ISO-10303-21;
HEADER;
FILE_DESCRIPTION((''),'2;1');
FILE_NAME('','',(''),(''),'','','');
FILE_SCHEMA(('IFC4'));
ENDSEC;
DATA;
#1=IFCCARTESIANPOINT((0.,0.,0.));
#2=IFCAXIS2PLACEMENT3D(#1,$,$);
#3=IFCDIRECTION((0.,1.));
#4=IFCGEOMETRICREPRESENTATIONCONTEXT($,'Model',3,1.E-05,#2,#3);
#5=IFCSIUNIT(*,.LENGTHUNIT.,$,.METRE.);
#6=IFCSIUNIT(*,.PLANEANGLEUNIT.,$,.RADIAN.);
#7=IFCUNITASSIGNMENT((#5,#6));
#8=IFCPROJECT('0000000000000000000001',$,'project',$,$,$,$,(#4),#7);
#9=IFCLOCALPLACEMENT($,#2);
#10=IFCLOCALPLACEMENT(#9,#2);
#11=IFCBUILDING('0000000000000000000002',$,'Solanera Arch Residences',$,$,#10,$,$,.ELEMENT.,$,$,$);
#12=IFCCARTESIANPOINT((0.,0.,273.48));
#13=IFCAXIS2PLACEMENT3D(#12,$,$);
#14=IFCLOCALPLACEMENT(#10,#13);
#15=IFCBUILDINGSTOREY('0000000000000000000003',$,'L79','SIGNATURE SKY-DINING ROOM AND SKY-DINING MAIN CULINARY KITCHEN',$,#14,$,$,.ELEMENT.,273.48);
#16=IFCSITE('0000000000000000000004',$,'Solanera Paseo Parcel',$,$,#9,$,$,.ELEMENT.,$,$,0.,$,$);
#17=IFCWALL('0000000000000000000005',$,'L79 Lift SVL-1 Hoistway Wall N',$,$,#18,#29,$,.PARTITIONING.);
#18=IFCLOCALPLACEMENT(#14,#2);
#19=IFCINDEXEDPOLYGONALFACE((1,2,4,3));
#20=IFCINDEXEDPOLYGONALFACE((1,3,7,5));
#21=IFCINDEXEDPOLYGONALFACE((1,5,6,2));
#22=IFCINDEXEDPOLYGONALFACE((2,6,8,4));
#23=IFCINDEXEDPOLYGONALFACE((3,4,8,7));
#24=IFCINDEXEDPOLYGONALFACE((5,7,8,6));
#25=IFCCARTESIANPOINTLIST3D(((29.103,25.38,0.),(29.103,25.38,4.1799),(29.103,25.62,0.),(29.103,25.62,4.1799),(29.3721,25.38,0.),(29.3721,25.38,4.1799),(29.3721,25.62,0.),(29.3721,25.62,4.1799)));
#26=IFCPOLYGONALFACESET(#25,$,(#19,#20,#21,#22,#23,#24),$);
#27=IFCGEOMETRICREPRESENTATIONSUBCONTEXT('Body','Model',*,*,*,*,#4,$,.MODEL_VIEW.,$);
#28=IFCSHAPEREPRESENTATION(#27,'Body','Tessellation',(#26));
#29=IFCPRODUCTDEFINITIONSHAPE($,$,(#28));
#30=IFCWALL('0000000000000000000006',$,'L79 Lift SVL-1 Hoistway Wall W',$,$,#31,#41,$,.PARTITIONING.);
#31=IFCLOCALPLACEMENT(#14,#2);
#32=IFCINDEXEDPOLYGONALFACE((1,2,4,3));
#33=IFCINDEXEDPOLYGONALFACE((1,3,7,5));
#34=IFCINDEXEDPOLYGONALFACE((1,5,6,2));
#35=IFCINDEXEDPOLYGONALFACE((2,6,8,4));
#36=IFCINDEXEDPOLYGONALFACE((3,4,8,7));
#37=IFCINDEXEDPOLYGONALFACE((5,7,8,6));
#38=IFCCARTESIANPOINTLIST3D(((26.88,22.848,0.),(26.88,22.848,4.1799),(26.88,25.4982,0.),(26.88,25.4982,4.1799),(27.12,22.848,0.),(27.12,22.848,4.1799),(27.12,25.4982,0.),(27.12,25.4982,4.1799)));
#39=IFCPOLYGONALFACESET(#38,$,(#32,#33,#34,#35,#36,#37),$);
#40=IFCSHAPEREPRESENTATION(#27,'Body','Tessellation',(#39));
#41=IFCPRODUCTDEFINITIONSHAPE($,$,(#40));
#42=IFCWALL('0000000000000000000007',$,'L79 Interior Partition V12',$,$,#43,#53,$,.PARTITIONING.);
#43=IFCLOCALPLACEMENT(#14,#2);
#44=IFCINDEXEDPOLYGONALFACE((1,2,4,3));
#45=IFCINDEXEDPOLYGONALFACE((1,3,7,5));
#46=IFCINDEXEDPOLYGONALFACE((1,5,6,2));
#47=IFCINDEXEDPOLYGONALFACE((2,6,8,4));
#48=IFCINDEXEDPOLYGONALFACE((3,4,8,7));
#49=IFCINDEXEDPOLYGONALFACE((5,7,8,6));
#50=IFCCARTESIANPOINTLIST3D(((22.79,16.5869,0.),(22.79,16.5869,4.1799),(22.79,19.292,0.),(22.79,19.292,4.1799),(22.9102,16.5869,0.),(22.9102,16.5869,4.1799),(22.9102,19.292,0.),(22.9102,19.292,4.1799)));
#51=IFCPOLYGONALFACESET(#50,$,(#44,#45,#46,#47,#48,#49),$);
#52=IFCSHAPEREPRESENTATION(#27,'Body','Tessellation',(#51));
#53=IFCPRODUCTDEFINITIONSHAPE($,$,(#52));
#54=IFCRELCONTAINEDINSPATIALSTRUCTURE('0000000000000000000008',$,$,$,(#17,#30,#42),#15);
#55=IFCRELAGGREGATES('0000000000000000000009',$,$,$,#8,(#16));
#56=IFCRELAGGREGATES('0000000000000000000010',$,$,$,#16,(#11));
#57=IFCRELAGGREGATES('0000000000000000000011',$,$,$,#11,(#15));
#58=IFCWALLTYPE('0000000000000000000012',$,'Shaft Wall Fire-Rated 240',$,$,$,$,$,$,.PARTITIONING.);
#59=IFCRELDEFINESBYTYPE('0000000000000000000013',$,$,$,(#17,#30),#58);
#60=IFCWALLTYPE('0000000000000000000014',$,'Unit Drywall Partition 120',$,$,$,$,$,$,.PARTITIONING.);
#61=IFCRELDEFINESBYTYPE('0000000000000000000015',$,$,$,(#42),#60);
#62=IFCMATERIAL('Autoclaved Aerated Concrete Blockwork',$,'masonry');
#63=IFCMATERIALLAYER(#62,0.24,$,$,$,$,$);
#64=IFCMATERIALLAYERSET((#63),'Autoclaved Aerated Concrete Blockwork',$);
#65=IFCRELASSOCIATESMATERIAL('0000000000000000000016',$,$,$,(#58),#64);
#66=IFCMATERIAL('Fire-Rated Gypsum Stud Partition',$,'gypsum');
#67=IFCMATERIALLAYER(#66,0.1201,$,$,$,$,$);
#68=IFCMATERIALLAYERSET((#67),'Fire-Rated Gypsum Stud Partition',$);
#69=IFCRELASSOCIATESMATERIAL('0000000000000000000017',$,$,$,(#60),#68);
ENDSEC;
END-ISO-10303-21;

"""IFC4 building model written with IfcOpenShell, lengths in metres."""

from ifc_helpers import new_model, si_unit, direction, frame, frame_2d, origin, place, context, subcontext, project, spatial, rectangle, extrude, material, layer, layer_set, type_object, element, save


model = new_model("IFC4")

# Units and contexts
model_context = context("Model", 3, precision=1e-05, world=origin(), true_north=direction((0.0, 1.0)))
body_context = subcontext(model_context, "Body", "Model", "MODEL_VIEW")
ifc_project = project(units=[si_unit("LENGTHUNIT", "METRE"), si_unit("PLANEANGLEUNIT", "RADIAN")], contexts=[model_context])

# Site, building, storey
site_placement = place(None, origin())
site = spatial("IfcSite", under=ifc_project, at=site_placement, Name="Solanera Paseo Parcel", CompositionType="ELEMENT", RefElevation=0.0)
building_placement = place(site_placement, origin())
building = spatial("IfcBuilding", under=site, at=building_placement, Name="Solanera Arch Residences", CompositionType="ELEMENT")
storey_placement = place(building_placement, frame((0.0, 0.0, 273.48)))
storey = spatial("IfcBuildingStorey", under=building, at=storey_placement, Name="L79", Description="SIGNATURE SKY-DINING ROOM AND SKY-DINING MAIN CULINARY KITCHEN", CompositionType="ELEMENT", Elevation=273.48)

# Walls
ifc_material_1 = material(Name="Autoclaved Aerated Concrete Blockwork", Category="masonry")
ifc_layer_1 = layer(ifc_material_1, 0.24)
ifc_layer_set_1 = layer_set([ifc_layer_1], Name="Autoclaved Aerated Concrete Blockwork")
wall_type_1 = type_object("IfcWallType", Name="Shaft Wall Fire-Rated 240", PredefinedType="PARTITIONING", material=ifc_layer_set_1)
wall_1_placement = place(storey_placement, frame((29.103, 25.5, 0.0), z_axis=(0.0, 0.0, 1.0), x_axis=(1.0, 0.0, 0.0)))
element("IfcWall", 1, at=wall_1_placement, inside=storey, type_object=wall_type_1, Name="L79 Lift SVL-1 Hoistway Wall N", PredefinedType="PARTITIONING", context=body_context, shape_type="SweptSolid", body=[
    extrude(rectangle(XDim=0.269, YDim=0.24, at=frame_2d((0.1345, 0.0))), origin(), (0.0, 0.0, 1.0), 4.1799),
])
wall_2_placement = place(storey_placement, frame((27.0, 22.8479, 0.0), z_axis=(0.0, 0.0, 1.0), x_axis=(0.0, 1.0, 0.0)))
element("IfcWall", 2, at=wall_2_placement, inside=storey, type_object=wall_type_1, Name="L79 Lift SVL-1 Hoistway Wall W", PredefinedType="PARTITIONING", context=body_context, shape_type="SweptSolid", body=[
    extrude(rectangle(XDim=2.6501, YDim=0.24, at=frame_2d((1.3252, 0.0))), origin(), (0.0, 0.0, 1.0), 4.1799),
])
ifc_material_2 = material(Name="Fire-Rated Gypsum Stud Partition", Category="gypsum")
ifc_layer_2 = layer(ifc_material_2, 0.1201)
ifc_layer_set_2 = layer_set([ifc_layer_2], Name="Fire-Rated Gypsum Stud Partition")
wall_type_2 = type_object("IfcWallType", Name="Unit Drywall Partition 120", PredefinedType="PARTITIONING", material=ifc_layer_set_2)
wall_3_placement = place(storey_placement, frame((22.8501, 16.5869, 0.0), z_axis=(0.0, 0.0, 1.0), x_axis=(0.0, 1.0, 0.0)))
element("IfcWall", 3, at=wall_3_placement, inside=storey, type_object=wall_type_2, Name="L79 Interior Partition V12", PredefinedType="PARTITIONING", context=body_context, shape_type="SweptSolid", body=[
    extrude(rectangle(XDim=2.7051, YDim=0.1201, at=frame_2d((1.3525, 0.0))), origin(), (0.0, 0.0, 1.0), 4.1799),
])

save(model, "model.ifc")
